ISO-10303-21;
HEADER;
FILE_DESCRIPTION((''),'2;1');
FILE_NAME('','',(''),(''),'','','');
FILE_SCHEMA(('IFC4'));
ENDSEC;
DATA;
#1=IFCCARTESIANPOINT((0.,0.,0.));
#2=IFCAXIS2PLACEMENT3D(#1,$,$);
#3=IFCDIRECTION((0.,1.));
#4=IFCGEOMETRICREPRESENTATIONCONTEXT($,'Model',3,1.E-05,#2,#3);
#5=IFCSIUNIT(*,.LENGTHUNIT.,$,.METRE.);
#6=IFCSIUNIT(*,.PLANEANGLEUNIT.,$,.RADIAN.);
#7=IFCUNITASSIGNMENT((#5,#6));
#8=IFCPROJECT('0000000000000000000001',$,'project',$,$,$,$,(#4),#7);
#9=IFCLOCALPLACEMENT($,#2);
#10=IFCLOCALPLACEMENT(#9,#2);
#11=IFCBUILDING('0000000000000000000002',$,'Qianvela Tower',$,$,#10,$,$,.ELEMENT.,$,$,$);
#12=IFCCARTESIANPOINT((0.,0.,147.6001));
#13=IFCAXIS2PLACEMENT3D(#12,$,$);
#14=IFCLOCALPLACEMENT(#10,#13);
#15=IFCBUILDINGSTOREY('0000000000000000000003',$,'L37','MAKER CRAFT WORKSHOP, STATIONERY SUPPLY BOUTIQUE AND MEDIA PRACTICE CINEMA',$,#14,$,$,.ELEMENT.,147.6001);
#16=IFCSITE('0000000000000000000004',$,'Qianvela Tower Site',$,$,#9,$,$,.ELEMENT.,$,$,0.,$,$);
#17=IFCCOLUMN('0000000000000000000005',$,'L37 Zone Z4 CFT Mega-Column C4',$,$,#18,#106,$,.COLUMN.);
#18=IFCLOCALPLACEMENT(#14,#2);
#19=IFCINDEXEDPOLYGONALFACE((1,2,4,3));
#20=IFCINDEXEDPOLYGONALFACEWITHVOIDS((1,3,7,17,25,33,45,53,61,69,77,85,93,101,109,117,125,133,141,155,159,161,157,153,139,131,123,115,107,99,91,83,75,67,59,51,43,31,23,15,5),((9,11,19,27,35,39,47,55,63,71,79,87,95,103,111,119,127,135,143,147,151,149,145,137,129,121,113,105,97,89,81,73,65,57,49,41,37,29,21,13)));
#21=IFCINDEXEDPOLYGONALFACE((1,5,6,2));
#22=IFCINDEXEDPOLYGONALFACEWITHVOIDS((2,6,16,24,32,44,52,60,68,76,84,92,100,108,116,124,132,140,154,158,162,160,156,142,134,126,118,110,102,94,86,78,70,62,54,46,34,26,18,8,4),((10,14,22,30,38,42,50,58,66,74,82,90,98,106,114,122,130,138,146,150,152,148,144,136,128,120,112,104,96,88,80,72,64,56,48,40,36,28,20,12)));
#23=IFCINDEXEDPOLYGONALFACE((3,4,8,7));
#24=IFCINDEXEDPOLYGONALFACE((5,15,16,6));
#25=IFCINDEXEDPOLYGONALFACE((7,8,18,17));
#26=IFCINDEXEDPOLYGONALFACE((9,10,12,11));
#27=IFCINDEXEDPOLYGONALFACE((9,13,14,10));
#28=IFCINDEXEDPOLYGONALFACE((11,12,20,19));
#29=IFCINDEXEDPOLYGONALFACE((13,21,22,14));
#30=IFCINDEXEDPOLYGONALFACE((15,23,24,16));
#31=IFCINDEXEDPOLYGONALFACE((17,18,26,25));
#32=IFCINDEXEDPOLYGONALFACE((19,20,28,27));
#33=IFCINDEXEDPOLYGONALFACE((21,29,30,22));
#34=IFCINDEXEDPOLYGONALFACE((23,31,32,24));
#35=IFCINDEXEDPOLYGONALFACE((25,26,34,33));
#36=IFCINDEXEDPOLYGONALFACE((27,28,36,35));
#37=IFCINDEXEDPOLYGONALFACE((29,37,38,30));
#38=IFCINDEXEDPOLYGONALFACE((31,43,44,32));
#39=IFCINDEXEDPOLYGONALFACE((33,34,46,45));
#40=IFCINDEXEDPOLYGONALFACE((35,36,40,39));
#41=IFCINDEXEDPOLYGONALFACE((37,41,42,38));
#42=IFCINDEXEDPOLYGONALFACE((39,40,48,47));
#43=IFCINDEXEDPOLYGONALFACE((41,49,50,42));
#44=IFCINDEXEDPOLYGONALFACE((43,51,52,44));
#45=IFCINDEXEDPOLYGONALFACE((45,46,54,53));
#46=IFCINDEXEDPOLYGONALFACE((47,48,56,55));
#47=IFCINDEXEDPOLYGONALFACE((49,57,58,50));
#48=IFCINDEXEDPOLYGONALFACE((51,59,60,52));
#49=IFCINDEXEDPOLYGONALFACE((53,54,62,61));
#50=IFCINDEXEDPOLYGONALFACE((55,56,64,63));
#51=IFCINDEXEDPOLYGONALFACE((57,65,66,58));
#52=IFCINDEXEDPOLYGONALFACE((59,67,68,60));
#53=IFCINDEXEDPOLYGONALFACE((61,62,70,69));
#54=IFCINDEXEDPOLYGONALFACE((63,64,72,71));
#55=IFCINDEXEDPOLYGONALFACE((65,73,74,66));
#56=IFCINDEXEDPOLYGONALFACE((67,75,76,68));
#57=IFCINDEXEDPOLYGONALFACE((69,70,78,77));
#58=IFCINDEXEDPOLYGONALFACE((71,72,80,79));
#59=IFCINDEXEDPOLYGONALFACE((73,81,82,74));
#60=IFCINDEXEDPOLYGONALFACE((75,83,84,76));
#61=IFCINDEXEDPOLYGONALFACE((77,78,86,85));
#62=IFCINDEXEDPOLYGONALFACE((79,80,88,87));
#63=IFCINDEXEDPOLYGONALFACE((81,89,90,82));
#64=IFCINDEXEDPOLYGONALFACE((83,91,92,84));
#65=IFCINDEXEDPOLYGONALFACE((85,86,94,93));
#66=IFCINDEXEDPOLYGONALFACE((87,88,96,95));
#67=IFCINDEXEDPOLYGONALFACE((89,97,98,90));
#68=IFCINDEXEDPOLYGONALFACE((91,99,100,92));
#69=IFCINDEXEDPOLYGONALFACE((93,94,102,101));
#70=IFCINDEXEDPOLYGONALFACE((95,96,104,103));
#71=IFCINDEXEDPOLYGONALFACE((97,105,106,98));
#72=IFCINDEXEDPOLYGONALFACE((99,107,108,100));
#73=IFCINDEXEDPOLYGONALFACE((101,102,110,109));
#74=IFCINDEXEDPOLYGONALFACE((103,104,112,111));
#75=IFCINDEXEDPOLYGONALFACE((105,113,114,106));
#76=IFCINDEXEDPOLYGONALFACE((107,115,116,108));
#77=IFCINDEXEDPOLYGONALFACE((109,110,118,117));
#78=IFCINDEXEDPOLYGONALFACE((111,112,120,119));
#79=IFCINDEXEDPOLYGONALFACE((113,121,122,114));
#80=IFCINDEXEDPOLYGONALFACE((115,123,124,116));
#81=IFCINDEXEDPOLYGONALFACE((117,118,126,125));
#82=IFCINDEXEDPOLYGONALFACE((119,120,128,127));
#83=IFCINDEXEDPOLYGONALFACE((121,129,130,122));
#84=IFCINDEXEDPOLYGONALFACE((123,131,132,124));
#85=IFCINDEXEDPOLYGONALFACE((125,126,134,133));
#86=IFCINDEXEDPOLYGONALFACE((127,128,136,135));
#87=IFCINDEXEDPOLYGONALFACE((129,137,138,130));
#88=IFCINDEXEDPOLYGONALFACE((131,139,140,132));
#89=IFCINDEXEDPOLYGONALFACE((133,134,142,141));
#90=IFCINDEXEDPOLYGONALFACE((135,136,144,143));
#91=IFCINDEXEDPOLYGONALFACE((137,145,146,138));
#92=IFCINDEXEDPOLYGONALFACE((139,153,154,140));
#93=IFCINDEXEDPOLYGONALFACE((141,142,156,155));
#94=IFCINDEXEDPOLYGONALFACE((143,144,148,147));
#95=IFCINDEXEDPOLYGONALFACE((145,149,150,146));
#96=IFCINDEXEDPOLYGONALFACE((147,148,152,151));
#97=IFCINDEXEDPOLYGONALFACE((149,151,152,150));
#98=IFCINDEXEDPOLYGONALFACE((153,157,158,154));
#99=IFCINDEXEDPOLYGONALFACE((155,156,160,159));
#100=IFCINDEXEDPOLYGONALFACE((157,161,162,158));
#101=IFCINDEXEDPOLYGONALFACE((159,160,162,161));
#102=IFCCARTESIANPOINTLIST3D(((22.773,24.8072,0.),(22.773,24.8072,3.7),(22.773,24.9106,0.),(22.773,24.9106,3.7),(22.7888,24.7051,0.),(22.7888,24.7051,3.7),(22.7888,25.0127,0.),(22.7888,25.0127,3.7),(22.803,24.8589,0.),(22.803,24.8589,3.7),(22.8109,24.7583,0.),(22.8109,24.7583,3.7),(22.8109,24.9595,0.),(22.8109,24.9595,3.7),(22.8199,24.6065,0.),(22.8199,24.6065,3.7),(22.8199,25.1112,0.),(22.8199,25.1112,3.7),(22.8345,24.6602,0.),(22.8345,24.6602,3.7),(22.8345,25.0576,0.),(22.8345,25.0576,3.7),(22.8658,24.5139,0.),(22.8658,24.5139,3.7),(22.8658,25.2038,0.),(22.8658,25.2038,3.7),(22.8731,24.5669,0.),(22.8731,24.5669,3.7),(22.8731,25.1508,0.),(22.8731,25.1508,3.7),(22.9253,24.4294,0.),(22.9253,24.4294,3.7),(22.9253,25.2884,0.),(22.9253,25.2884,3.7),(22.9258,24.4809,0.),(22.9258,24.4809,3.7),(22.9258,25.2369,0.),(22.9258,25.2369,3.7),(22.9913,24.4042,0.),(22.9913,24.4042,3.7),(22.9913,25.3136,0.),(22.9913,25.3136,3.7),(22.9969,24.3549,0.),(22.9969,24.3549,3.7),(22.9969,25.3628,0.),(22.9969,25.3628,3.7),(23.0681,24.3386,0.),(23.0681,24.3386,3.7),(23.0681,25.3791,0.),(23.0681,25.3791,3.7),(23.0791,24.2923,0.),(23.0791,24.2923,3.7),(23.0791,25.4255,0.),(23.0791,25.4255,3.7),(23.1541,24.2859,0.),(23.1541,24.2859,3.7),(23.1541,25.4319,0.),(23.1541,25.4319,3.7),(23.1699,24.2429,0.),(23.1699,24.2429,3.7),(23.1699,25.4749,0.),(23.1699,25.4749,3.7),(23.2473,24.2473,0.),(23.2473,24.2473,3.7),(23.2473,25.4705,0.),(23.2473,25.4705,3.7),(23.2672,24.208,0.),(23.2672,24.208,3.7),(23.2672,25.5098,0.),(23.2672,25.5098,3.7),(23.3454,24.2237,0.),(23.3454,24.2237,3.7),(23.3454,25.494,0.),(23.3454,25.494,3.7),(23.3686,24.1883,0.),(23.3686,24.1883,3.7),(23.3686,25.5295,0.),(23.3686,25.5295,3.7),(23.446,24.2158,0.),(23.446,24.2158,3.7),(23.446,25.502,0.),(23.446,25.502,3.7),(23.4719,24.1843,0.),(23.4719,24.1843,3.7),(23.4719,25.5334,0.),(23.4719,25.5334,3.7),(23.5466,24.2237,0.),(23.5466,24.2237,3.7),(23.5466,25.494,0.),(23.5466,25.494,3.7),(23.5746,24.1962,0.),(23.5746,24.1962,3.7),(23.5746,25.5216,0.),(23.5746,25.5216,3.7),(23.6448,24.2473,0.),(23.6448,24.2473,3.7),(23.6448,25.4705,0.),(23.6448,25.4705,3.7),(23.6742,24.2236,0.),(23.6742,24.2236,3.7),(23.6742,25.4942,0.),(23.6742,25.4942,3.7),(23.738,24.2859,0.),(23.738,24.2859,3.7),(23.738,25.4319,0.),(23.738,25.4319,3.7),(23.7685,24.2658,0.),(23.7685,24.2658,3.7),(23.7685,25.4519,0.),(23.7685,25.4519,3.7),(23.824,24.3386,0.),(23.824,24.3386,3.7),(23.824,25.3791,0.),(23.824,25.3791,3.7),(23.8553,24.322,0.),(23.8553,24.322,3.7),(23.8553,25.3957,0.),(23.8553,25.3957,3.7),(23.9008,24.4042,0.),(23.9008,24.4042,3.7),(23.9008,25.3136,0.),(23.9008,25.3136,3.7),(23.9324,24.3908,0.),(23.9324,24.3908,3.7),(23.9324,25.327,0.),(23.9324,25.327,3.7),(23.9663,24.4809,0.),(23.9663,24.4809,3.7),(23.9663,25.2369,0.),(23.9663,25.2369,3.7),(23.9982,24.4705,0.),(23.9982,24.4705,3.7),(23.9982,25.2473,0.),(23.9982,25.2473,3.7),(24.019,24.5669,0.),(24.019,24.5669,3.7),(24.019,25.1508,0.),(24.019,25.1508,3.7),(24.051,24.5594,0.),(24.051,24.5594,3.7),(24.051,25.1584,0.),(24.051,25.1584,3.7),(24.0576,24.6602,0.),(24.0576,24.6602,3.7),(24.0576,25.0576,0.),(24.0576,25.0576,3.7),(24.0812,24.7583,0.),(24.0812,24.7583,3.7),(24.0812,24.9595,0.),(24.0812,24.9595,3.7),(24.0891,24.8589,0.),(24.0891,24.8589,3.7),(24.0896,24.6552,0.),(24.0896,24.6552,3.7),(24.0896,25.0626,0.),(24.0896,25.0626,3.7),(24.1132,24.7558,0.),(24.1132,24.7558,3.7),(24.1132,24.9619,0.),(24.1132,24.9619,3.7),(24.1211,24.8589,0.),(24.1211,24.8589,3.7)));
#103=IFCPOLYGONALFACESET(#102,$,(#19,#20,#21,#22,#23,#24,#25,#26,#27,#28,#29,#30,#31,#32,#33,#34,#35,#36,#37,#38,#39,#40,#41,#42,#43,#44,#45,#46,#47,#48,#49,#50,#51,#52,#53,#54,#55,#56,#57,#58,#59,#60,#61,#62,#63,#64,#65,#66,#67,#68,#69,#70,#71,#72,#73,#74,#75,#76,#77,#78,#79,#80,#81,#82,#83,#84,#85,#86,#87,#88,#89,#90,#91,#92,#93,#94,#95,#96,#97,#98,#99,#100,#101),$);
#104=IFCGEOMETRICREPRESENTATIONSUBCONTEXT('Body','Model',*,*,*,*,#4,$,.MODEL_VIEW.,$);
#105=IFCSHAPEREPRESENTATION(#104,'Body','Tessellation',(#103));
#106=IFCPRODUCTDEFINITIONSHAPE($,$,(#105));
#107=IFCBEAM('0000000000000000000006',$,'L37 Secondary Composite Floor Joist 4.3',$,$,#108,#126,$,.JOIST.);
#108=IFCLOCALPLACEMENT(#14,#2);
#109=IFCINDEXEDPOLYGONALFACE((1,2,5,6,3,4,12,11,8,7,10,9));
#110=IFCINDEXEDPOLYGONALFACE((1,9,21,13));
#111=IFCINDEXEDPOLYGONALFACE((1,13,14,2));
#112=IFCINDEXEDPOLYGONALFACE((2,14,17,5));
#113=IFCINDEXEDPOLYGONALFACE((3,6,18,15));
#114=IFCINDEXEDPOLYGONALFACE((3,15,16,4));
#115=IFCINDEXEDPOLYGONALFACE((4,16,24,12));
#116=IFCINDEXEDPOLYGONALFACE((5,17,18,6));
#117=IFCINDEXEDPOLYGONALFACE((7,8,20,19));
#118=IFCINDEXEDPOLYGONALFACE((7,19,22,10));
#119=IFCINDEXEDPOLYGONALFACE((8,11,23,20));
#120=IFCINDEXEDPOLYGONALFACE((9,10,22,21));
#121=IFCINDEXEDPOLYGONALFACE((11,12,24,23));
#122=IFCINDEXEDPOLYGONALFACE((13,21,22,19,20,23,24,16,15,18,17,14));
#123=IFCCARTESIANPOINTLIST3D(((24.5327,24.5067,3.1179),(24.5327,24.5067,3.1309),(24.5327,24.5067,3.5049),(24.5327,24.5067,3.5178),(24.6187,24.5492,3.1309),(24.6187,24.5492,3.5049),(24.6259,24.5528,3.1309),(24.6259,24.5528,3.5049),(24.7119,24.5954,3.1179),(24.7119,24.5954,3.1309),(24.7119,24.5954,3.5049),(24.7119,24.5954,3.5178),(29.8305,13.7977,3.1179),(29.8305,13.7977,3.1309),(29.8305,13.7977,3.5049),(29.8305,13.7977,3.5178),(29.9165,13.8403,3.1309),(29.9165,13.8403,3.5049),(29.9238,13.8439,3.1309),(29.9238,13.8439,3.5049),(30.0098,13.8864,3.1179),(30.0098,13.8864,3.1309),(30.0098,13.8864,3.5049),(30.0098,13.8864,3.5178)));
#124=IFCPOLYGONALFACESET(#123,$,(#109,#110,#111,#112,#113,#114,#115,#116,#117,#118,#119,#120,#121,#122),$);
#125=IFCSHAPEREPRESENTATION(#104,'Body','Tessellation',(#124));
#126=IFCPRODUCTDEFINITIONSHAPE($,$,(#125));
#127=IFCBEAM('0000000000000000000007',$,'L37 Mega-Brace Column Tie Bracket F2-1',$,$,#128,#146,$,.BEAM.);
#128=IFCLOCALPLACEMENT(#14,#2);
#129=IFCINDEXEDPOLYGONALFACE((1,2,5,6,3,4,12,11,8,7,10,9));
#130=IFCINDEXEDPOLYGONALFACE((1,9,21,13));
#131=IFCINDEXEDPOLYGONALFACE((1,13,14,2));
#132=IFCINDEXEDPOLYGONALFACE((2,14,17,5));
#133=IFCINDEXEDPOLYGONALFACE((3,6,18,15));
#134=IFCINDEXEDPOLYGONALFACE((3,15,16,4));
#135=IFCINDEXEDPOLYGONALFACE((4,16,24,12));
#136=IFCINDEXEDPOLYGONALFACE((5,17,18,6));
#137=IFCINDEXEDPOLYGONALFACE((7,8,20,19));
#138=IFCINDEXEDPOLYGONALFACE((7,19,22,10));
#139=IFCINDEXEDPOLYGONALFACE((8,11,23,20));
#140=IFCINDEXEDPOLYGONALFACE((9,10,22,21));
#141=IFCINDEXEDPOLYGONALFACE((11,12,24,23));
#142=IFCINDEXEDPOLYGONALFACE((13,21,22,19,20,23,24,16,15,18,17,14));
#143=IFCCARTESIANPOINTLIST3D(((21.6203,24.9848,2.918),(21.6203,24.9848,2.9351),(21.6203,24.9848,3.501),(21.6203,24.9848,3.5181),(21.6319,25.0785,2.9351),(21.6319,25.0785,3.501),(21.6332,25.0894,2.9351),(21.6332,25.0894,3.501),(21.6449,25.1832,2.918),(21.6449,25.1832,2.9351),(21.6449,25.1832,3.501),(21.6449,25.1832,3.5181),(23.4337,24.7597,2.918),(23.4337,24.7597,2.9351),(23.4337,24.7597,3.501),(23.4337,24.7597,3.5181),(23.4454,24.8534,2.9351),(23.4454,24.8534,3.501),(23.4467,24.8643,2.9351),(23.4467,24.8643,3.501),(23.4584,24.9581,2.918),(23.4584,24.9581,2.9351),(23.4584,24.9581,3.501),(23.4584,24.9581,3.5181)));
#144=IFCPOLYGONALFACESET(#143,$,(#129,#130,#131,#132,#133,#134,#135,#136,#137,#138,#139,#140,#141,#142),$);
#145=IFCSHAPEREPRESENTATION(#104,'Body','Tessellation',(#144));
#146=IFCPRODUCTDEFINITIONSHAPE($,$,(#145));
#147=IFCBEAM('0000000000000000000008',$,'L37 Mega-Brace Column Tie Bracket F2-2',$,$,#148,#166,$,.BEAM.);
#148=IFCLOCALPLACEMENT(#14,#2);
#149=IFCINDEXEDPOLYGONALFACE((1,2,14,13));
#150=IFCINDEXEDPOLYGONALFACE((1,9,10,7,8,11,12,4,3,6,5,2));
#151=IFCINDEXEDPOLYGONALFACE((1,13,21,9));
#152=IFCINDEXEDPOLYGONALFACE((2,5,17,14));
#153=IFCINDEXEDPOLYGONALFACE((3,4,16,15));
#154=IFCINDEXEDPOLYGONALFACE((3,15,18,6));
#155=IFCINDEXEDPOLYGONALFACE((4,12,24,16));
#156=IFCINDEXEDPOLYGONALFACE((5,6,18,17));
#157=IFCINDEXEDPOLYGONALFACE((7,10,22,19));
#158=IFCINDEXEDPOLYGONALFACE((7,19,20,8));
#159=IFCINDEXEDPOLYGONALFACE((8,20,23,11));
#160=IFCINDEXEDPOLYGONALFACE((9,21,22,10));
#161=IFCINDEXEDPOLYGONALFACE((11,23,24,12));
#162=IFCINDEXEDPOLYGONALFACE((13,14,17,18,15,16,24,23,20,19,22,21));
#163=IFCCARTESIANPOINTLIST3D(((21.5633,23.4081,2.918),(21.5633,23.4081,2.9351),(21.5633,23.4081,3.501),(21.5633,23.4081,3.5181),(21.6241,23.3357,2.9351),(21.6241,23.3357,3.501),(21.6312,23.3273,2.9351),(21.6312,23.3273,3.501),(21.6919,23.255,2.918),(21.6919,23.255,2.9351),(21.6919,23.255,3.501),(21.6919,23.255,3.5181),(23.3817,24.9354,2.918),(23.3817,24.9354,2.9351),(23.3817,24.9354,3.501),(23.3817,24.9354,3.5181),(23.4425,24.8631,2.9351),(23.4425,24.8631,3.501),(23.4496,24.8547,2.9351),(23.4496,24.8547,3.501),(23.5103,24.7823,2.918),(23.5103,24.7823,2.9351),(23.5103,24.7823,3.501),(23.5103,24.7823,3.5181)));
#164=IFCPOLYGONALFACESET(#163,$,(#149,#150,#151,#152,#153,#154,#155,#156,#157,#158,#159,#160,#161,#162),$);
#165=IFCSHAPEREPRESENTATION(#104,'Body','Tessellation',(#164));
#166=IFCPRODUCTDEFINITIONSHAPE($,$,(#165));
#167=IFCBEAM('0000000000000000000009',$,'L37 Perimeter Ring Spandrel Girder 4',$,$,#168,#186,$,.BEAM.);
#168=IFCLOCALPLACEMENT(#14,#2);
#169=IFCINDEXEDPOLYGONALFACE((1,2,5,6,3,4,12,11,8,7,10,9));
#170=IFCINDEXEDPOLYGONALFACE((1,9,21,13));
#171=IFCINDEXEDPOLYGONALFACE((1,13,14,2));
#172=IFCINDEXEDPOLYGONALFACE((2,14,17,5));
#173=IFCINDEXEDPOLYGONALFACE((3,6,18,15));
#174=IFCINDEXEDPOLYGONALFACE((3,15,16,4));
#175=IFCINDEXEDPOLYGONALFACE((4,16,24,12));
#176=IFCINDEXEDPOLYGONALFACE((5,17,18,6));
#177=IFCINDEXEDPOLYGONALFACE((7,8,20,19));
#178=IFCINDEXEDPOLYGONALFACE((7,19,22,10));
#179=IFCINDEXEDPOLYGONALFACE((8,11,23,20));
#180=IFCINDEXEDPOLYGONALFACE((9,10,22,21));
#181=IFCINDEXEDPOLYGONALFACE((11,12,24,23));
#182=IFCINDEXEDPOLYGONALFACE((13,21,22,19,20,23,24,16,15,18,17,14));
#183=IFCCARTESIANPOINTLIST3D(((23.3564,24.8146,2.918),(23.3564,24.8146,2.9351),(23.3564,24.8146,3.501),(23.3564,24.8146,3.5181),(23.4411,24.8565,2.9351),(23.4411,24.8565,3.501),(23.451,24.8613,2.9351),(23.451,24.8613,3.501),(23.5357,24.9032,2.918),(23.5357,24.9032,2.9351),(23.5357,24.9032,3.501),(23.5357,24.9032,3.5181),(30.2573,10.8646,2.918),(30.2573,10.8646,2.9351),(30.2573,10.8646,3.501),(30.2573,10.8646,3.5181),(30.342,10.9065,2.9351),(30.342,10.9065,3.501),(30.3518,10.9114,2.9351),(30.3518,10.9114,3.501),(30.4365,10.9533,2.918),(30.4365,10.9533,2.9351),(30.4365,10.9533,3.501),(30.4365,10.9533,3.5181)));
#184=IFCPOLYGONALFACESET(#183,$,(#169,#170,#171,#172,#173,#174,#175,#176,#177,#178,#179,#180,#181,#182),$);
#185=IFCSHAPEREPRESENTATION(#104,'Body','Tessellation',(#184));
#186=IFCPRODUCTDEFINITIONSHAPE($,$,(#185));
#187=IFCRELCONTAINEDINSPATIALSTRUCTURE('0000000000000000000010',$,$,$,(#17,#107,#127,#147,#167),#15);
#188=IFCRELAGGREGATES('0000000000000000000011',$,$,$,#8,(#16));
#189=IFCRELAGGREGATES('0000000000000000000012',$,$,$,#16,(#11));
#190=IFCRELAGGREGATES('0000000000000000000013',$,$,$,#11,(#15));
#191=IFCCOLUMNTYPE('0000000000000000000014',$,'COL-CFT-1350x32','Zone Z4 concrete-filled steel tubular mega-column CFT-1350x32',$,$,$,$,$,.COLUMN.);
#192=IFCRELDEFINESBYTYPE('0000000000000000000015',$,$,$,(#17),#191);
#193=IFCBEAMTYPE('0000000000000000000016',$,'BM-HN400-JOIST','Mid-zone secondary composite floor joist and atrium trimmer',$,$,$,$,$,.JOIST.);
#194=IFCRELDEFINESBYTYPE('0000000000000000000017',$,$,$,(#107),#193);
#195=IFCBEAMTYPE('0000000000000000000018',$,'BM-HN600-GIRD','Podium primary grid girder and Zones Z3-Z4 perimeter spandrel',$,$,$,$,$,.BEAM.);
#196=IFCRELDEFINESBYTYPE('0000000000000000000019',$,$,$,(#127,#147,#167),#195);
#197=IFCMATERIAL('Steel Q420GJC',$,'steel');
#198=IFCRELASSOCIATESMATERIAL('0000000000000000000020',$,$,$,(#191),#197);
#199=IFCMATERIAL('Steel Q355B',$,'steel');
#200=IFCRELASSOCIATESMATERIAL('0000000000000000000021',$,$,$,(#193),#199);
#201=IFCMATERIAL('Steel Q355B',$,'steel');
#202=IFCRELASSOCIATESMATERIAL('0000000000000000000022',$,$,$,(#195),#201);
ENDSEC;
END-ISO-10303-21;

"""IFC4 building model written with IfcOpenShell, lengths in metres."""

from ifc_helpers import new_model, si_unit, direction, frame, origin, origin_2d, place, context, subcontext, project, spatial, hollow_circle, i_section, extrude, material, material_profile, profile_set, type_object, element, save


model = new_model("IFC4")

# Units and contexts
model_context = context("Model", 3, precision=1e-05, world=origin(), true_north=direction((0.0, 1.0)))
body_context = subcontext(model_context, "Body", "Model", "MODEL_VIEW")
ifc_project = project(units=[si_unit("LENGTHUNIT", "METRE"), si_unit("PLANEANGLEUNIT", "RADIAN")], contexts=[model_context])

# Site, building, storey
site_placement = place(None, origin())
site = spatial("IfcSite", under=ifc_project, at=site_placement, Name="Qianvela Tower Site", CompositionType="ELEMENT", RefElevation=0.0)
building_placement = place(site_placement, origin())
building = spatial("IfcBuilding", under=site, at=building_placement, Name="Qianvela Tower", CompositionType="ELEMENT")
storey_placement = place(building_placement, frame((0.0, 0.0, 147.6001)))
storey = spatial("IfcBuildingStorey", under=building, at=storey_placement, Name="L37", Description="MAKER CRAFT WORKSHOP, STATIONERY SUPPLY BOUTIQUE AND MEDIA PRACTICE CINEMA", CompositionType="ELEMENT", Elevation=147.6001)

# Column
ifc_material_1 = material(Name="Steel Q420GJC", Category="steel")
ifc_material_profile_1 = material_profile(ifc_material_1, hollow_circle(Radius=0.675, WallThickness=0.032, at=origin_2d()), Name="CFT-1350x32")
ifc_profile_set_1 = profile_set([ifc_material_profile_1], Name="Steel Q420GJC")
column_type = type_object("IfcColumnType", Name="COL-CFT-1350x32", Description="Zone Z4 concrete-filled steel tubular mega-column CFT-1350x32", PredefinedType="COLUMN", material=ifc_profile_set_1)
column_placement = place(storey_placement, frame((23.446, 24.8589, 0.0), z_axis=(0.0, 0.0, 1.0), x_axis=(1.0, 0.0, 0.0)))
element("IfcColumn", 1, at=column_placement, inside=storey, type_object=column_type, Name="L37 Zone Z4 CFT Mega-Column C4", PredefinedType="COLUMN", context=body_context, shape_type="SweptSolid", body=[
    extrude(hollow_circle(Radius=0.675, WallThickness=0.032, at=origin_2d()), origin(), (0.0, 0.0, 1.0), 3.7),
])

# Beams
ifc_material_2 = material(Name="Steel Q355B", Category="steel")
ifc_material_profile_2 = material_profile(ifc_material_2, i_section(OverallWidth=0.2, OverallDepth=0.3999, WebThickness=0.0081, FlangeThickness=0.0129, at=origin_2d()), Name="HN400x200x8x13")
ifc_profile_set_2 = profile_set([ifc_material_profile_2], Name="Steel Q355B")
beam_type_1 = type_object("IfcBeamType", Name="BM-HN400-JOIST", Description="Mid-zone secondary composite floor joist and atrium trimmer", PredefinedType="JOIST", material=ifc_profile_set_2)
beam_1_placement = place(storey_placement, frame((24.6223, 24.551, 3.3179), z_axis=(0.443417, -0.896315, 0.0), x_axis=(0.896315, 0.443417, 0.0)))
element("IfcBeam", 2, at=beam_1_placement, inside=storey, type_object=beam_type_1, Name="L37 Secondary Composite Floor Joist 4.3", PredefinedType="JOIST", context=body_context, shape_type="SweptSolid", body=[
    extrude(i_section(OverallWidth=0.2, OverallDepth=0.3999, WebThickness=0.0081, FlangeThickness=0.0129, at=origin_2d()), origin(), (0.0, 0.0, 1.0), 11.9478),
])
ifc_material_3 = material(Name="Steel Q355B", Category="steel")
ifc_material_profile_3 = material_profile(ifc_material_3, i_section(OverallWidth=0.2, OverallDepth=0.6001, WebThickness=0.011, FlangeThickness=0.0171, at=origin_2d()), Name="HN600x200x11x17")
ifc_profile_set_3 = profile_set([ifc_material_profile_3], Name="Steel Q355B")
beam_type_2 = type_object("IfcBeamType", Name="BM-HN600-GIRD", Description="Podium primary grid girder and Zones Z3-Z4 perimeter spandrel", PredefinedType="BEAM", material=ifc_profile_set_3)
beam_2_placement = place(storey_placement, frame((23.446, 24.8589, 3.218), z_axis=(-0.992384, 0.12318, 0.0), x_axis=(-0.12318, -0.992384, 0.0)))
element("IfcBeam", 3, at=beam_2_placement, inside=storey, type_object=beam_type_2, Name="L37 Mega-Brace Column Tie Bracket F2-1", PredefinedType="BEAM", context=body_context, shape_type="SweptSolid", body=[
    extrude(i_section(OverallWidth=0.2, OverallDepth=0.6001, WebThickness=0.011, FlangeThickness=0.0171, at=origin_2d()), origin(), (0.0, 0.0, 1.0), 1.8274),
])
beam_3_placement = place(storey_placement, frame((23.446, 24.8589, 3.218), z_axis=(-0.765721, -0.643173, 0.0), x_axis=(0.643173, -0.765721, 0.0)))
element("IfcBeam", 4, at=beam_3_placement, inside=storey, type_object=beam_type_2, Name="L37 Mega-Brace Column Tie Bracket F2-2", PredefinedType="BEAM", context=body_context, shape_type="SweptSolid", body=[
    extrude(i_section(OverallWidth=0.2, OverallDepth=0.6001, WebThickness=0.011, FlangeThickness=0.0171, at=origin_2d()), origin(), (0.0, 0.0, 1.0), 2.3748),
])
beam_4_placement = place(storey_placement, frame((23.446, 24.8589, 3.218), z_axis=(0.443401, -0.896323, 0.0), x_axis=(0.896323, 0.443401, 0.0)))
element("IfcBeam", 5, at=beam_4_placement, inside=storey, type_object=beam_type_2, Name="L37 Perimeter Ring Spandrel Girder 4", PredefinedType="BEAM", context=body_context, shape_type="SweptSolid", body=[
    extrude(i_section(OverallWidth=0.2, OverallDepth=0.6001, WebThickness=0.011, FlangeThickness=0.0171, at=origin_2d()), origin(), (0.0, 0.0, 1.0), 15.5635),
])

save(model, "model.ifc")
